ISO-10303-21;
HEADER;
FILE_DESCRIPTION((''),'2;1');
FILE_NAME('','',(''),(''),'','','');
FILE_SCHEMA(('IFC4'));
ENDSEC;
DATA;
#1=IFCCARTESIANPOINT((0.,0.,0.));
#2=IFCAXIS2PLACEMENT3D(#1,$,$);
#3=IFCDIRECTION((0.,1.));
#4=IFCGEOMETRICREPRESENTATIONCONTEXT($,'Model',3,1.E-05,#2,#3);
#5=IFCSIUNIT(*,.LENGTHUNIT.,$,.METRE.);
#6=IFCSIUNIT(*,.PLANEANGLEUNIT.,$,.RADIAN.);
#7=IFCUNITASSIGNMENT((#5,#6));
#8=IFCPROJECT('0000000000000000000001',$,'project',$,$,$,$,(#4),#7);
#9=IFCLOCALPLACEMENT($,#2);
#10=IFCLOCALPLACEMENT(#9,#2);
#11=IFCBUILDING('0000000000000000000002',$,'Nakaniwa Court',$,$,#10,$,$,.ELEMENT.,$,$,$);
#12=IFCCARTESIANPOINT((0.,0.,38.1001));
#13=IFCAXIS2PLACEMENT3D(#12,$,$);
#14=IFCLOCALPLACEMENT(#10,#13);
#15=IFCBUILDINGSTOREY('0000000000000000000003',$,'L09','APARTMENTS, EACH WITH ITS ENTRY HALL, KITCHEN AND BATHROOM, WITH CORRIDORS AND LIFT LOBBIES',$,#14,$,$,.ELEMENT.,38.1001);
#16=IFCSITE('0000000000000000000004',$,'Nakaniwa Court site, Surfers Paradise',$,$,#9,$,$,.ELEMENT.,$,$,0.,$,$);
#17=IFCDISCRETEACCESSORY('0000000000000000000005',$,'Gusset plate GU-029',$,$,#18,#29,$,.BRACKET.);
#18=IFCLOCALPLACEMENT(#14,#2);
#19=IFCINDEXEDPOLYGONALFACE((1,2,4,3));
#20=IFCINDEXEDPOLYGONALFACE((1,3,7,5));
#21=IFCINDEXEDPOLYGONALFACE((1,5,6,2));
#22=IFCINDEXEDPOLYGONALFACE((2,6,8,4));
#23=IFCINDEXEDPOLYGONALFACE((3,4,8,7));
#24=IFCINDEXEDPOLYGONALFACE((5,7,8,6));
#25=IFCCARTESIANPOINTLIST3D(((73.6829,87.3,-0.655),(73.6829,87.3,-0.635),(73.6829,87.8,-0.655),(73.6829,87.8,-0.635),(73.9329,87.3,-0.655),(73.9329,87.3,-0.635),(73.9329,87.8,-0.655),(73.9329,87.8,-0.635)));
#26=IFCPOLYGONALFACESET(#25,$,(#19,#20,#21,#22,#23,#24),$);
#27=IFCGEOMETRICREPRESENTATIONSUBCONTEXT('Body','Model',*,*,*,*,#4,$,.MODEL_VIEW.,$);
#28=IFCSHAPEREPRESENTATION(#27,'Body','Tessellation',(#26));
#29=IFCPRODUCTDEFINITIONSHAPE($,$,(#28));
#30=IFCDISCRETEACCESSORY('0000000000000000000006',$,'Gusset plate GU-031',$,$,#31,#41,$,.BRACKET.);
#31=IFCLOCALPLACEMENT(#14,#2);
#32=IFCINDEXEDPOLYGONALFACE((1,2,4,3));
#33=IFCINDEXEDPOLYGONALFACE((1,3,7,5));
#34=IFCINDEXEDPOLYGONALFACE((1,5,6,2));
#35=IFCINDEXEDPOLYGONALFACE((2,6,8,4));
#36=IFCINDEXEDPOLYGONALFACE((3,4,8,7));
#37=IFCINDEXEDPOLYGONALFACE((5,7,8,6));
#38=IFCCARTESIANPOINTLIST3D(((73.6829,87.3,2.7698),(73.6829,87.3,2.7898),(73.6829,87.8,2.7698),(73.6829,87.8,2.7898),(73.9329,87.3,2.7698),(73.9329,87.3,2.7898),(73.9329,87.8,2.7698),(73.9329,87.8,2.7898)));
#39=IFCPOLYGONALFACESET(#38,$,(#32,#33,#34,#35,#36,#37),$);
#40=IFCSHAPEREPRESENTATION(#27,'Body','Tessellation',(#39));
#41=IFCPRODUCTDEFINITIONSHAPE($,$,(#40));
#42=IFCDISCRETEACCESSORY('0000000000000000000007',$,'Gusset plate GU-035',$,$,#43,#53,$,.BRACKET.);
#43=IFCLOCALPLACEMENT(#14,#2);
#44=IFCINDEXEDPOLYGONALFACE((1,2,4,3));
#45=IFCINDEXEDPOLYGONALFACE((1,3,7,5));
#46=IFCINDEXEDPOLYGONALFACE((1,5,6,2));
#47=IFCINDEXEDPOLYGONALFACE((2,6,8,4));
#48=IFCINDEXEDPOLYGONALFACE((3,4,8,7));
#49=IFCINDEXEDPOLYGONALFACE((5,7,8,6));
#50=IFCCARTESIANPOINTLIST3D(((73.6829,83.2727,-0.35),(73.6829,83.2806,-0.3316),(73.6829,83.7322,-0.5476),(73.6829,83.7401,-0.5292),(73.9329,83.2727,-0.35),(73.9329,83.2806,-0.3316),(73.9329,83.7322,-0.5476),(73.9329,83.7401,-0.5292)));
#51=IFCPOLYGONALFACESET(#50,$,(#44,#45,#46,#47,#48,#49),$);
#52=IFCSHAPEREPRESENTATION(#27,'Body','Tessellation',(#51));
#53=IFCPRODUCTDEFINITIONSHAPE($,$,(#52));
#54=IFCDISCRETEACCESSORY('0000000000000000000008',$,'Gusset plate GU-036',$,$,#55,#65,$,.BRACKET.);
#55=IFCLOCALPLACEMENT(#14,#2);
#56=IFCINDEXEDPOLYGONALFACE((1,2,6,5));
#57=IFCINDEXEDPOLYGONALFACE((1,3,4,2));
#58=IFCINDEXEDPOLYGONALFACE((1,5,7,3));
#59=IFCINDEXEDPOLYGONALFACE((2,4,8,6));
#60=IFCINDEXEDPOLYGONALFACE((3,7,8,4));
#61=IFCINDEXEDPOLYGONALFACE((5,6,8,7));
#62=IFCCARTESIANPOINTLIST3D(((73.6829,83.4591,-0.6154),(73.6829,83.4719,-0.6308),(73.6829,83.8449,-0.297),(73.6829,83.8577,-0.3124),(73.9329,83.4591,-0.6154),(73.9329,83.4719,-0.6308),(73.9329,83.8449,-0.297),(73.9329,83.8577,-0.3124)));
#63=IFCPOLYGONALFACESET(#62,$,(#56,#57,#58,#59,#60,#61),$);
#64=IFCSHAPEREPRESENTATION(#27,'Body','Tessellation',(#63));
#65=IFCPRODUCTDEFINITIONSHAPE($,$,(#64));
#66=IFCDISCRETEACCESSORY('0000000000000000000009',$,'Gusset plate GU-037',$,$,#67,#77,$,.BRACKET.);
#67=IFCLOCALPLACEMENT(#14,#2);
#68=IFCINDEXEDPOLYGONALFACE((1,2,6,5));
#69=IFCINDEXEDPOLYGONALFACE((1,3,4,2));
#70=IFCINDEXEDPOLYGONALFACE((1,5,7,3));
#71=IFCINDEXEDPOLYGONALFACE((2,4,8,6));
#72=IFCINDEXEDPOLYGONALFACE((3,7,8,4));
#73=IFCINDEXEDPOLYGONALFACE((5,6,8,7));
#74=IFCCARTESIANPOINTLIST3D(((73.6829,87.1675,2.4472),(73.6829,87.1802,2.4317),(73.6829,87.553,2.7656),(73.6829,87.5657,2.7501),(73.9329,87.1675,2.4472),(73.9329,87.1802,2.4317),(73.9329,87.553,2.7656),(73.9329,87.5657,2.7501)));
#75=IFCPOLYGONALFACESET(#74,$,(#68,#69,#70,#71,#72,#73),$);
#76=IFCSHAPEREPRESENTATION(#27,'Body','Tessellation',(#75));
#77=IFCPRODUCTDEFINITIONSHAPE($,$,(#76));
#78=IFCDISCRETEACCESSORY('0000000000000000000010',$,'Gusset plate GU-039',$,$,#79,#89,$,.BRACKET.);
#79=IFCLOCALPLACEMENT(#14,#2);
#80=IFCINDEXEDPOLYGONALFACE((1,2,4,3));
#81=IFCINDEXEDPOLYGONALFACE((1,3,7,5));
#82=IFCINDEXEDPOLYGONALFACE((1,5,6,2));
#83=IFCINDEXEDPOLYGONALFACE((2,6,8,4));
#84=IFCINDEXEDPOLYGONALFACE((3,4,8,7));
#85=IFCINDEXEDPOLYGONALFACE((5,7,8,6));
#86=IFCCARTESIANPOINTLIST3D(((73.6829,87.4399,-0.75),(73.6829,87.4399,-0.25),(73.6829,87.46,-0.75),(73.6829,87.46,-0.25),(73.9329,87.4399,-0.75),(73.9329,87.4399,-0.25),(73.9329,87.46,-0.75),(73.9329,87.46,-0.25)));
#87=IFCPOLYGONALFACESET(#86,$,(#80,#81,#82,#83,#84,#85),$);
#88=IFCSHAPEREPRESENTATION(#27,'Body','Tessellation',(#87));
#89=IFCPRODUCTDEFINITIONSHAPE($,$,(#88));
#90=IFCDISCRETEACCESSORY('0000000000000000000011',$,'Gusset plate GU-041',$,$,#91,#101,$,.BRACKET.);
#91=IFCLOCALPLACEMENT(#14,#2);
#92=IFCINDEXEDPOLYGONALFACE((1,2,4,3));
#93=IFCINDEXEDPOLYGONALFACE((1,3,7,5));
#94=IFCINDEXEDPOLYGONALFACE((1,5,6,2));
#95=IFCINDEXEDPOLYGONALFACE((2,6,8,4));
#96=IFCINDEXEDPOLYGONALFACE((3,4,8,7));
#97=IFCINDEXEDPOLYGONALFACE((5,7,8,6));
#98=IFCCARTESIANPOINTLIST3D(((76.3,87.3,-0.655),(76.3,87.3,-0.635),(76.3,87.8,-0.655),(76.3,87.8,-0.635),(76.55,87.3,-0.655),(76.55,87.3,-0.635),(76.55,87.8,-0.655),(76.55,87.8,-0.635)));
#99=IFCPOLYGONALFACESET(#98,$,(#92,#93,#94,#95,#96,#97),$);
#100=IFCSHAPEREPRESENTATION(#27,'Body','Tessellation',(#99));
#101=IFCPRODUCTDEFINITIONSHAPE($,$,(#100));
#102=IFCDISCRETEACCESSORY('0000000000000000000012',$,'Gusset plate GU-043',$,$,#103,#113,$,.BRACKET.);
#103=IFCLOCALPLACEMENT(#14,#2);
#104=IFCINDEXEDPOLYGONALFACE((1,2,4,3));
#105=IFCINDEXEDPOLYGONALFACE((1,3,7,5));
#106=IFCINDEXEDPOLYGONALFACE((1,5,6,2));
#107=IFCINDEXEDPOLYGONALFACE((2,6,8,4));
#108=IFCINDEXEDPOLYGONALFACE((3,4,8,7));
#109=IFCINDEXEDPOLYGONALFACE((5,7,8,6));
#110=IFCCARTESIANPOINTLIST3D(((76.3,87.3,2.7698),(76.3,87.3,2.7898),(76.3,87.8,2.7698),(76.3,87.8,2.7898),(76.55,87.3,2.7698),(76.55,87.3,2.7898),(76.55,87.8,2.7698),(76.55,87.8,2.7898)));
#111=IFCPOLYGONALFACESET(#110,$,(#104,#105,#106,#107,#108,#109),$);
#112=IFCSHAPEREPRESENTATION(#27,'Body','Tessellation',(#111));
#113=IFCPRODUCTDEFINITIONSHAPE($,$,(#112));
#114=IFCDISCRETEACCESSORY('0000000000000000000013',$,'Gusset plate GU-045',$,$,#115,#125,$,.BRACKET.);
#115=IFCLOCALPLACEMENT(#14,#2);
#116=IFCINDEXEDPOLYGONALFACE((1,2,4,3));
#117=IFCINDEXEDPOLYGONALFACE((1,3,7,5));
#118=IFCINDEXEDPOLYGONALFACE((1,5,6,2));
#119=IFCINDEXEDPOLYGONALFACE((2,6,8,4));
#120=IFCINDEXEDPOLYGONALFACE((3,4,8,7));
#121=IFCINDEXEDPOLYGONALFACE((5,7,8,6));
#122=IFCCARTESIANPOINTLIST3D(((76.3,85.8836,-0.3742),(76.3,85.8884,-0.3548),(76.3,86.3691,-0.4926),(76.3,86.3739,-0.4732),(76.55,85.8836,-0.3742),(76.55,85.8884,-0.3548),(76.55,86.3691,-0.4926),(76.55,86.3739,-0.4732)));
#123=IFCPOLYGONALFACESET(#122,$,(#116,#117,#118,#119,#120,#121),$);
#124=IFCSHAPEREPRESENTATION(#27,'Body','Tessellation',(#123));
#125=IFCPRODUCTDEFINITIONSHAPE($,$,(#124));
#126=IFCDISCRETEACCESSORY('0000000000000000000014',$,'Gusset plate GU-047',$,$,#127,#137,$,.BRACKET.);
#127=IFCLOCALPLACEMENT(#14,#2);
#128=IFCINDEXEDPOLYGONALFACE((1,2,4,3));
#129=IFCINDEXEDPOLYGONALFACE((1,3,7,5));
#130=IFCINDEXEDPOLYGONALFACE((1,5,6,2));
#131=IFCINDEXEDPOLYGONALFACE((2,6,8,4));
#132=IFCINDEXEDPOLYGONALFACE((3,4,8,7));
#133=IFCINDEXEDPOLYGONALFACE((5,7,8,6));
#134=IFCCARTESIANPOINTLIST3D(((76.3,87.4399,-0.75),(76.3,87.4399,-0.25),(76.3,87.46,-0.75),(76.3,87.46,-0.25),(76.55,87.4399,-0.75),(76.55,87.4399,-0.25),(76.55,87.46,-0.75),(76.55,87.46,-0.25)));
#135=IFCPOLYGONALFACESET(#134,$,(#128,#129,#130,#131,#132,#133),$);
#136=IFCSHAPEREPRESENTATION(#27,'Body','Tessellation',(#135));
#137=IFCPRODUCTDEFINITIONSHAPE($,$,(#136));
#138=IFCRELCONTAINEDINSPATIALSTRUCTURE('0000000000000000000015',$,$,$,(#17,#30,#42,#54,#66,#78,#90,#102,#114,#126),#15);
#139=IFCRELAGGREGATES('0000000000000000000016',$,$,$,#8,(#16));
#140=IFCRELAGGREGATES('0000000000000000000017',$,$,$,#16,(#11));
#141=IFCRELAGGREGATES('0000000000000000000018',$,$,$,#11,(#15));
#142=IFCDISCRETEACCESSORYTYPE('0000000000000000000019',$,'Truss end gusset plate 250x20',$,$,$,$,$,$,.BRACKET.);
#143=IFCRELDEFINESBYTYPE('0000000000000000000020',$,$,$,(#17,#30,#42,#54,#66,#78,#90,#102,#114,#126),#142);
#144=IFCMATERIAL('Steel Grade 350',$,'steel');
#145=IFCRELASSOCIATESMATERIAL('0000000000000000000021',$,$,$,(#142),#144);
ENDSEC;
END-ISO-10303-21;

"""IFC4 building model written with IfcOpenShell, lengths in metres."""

from ifc_helpers import new_model, si_unit, direction, frame, origin, origin_2d, place, context, subcontext, project, spatial, rectangle, extrude, material, material_profile, profile_set, type_object, element, save


model = new_model("IFC4")

# Units and contexts
model_context = context("Model", 3, precision=1e-05, world=origin(), true_north=direction((0.0, 1.0)))
body_context = subcontext(model_context, "Body", "Model", "MODEL_VIEW")
ifc_project = project(units=[si_unit("LENGTHUNIT", "METRE"), si_unit("PLANEANGLEUNIT", "RADIAN")], contexts=[model_context])

# Site, building, storey
site_placement = place(None, origin())
site = spatial("IfcSite", under=ifc_project, at=site_placement, Name="Nakaniwa Court site, Surfers Paradise", CompositionType="ELEMENT", RefElevation=0.0)
building_placement = place(site_placement, origin())
building = spatial("IfcBuilding", under=site, at=building_placement, Name="Nakaniwa Court", CompositionType="ELEMENT")
storey_placement = place(building_placement, frame((0.0, 0.0, 38.1001)))
storey = spatial("IfcBuildingStorey", under=building, at=storey_placement, Name="L09", Description="APARTMENTS, EACH WITH ITS ENTRY HALL, KITCHEN AND BATHROOM, WITH CORRIDORS AND LIFT LOBBIES", CompositionType="ELEMENT", Elevation=38.1001)

# Shared definitions
ifc_material_1 = material(Name="Steel Grade 350", Category="steel")

# Discrete accessories
ifc_material_profile_1 = material_profile(ifc_material_1, rectangle(XDim=0.25, YDim=0.02, at=origin_2d()), Name="Truss end gusset plate 250x20")
ifc_profile_set_1 = profile_set([ifc_material_profile_1], Name="Steel Grade 350")
discrete_accessory_type = type_object("IfcDiscreteAccessoryType", Name="Truss end gusset plate 250x20", PredefinedType="BRACKET", material=ifc_profile_set_1)
for number, where, z_axis, x_axis, name in (
    (1, (73.8079, 87.3, -0.645), (0.0, 1.0, 0.0), (-1.0, 0.0, 0.0), "Gusset plate GU-029"),
    (2, (73.8079, 87.3, 2.7798), (0.0, 1.0, 0.0), (-1.0, 0.0, 0.0), "Gusset plate GU-031"),
):
    element("IfcDiscreteAccessory", number, at=place(storey_placement, frame(where, z_axis=z_axis, x_axis=x_axis)), inside=storey, type_object=discrete_accessory_type, Name=name, PredefinedType="BRACKET", context=body_context, shape_type="SweptSolid", body=[
        extrude(rectangle(XDim=0.25, YDim=0.02, at=origin_2d()), origin(), (0.0, 0.0, 1.0), 0.5),
    ])
for number, where, z_axis, x_axis, name in (
    (3, (73.8079, 83.2766, -0.3408), (0.0, 0.918715, -0.394921), (-1.0, 0.0, 0.0), "Gusset plate GU-035"),
    (4, (73.8079, 83.8513, -0.3047), (0.0, -0.771253, -0.636528), (1.0, 0.0, 0.0), "Gusset plate GU-036"),
):
    element("IfcDiscreteAccessory", number, at=place(storey_placement, frame(where, z_axis=z_axis, x_axis=x_axis)), inside=storey, type_object=discrete_accessory_type, Name=name, PredefinedType="BRACKET", context=body_context, shape_type="SweptSolid", body=[
        extrude(rectangle(XDim=0.25, YDim=0.02, at=origin_2d()), origin(), (0.0, 0.0, 1.0), 0.5002),
    ])
for number, where, z_axis, x_axis, name in (
    (5, (73.8079, 87.1738, 2.4395), (0.0, 0.771056, 0.636768), (-1.0, 0.0, 0.0), "Gusset plate GU-037"),
    (6, (73.8079, 87.45, -0.25), (0.0, 0.0, -1.0), (1.0, 0.0, 0.0), "Gusset plate GU-039"),
    (7, (76.425, 87.3, -0.645), (0.0, 1.0, 0.0), (-1.0, 0.0, 0.0), "Gusset plate GU-041"),
    (8, (76.425, 87.3, 2.7798), (0.0, 1.0, 0.0), (-1.0, 0.0, 0.0), "Gusset plate GU-043"),
):
    element("IfcDiscreteAccessory", number, at=place(storey_placement, frame(where, z_axis=z_axis, x_axis=x_axis)), inside=storey, type_object=discrete_accessory_type, Name=name, PredefinedType="BRACKET", context=body_context, shape_type="SweptSolid", body=[
        extrude(rectangle(XDim=0.25, YDim=0.02, at=origin_2d()), origin(), (0.0, 0.0, 1.0), 0.5),
    ])
discrete_accessory_1_placement = place(storey_placement, frame((76.425, 85.886, -0.3645), z_axis=(0.0, 0.971534, -0.2369), x_axis=(-1.0, 0.0, 0.0)))
element("IfcDiscreteAccessory", 9, at=discrete_accessory_1_placement, inside=storey, type_object=discrete_accessory_type, Name="Gusset plate GU-045", PredefinedType="BRACKET", context=body_context, shape_type="SweptSolid", body=[
    extrude(rectangle(XDim=0.25, YDim=0.02, at=origin_2d()), origin(), (0.0, 0.0, 1.0), 0.4998),
])
discrete_accessory_2_placement = place(storey_placement, frame((76.425, 87.45, -0.25), z_axis=(0.0, 0.0, -1.0), x_axis=(1.0, 0.0, 0.0)))
element("IfcDiscreteAccessory", 10, at=discrete_accessory_2_placement, inside=storey, type_object=discrete_accessory_type, Name="Gusset plate GU-047", PredefinedType="BRACKET", context=body_context, shape_type="SweptSolid", body=[
    extrude(rectangle(XDim=0.25, YDim=0.02, at=origin_2d()), origin(), (0.0, 0.0, 1.0), 0.5),
])

save(model, "model.ifc")
